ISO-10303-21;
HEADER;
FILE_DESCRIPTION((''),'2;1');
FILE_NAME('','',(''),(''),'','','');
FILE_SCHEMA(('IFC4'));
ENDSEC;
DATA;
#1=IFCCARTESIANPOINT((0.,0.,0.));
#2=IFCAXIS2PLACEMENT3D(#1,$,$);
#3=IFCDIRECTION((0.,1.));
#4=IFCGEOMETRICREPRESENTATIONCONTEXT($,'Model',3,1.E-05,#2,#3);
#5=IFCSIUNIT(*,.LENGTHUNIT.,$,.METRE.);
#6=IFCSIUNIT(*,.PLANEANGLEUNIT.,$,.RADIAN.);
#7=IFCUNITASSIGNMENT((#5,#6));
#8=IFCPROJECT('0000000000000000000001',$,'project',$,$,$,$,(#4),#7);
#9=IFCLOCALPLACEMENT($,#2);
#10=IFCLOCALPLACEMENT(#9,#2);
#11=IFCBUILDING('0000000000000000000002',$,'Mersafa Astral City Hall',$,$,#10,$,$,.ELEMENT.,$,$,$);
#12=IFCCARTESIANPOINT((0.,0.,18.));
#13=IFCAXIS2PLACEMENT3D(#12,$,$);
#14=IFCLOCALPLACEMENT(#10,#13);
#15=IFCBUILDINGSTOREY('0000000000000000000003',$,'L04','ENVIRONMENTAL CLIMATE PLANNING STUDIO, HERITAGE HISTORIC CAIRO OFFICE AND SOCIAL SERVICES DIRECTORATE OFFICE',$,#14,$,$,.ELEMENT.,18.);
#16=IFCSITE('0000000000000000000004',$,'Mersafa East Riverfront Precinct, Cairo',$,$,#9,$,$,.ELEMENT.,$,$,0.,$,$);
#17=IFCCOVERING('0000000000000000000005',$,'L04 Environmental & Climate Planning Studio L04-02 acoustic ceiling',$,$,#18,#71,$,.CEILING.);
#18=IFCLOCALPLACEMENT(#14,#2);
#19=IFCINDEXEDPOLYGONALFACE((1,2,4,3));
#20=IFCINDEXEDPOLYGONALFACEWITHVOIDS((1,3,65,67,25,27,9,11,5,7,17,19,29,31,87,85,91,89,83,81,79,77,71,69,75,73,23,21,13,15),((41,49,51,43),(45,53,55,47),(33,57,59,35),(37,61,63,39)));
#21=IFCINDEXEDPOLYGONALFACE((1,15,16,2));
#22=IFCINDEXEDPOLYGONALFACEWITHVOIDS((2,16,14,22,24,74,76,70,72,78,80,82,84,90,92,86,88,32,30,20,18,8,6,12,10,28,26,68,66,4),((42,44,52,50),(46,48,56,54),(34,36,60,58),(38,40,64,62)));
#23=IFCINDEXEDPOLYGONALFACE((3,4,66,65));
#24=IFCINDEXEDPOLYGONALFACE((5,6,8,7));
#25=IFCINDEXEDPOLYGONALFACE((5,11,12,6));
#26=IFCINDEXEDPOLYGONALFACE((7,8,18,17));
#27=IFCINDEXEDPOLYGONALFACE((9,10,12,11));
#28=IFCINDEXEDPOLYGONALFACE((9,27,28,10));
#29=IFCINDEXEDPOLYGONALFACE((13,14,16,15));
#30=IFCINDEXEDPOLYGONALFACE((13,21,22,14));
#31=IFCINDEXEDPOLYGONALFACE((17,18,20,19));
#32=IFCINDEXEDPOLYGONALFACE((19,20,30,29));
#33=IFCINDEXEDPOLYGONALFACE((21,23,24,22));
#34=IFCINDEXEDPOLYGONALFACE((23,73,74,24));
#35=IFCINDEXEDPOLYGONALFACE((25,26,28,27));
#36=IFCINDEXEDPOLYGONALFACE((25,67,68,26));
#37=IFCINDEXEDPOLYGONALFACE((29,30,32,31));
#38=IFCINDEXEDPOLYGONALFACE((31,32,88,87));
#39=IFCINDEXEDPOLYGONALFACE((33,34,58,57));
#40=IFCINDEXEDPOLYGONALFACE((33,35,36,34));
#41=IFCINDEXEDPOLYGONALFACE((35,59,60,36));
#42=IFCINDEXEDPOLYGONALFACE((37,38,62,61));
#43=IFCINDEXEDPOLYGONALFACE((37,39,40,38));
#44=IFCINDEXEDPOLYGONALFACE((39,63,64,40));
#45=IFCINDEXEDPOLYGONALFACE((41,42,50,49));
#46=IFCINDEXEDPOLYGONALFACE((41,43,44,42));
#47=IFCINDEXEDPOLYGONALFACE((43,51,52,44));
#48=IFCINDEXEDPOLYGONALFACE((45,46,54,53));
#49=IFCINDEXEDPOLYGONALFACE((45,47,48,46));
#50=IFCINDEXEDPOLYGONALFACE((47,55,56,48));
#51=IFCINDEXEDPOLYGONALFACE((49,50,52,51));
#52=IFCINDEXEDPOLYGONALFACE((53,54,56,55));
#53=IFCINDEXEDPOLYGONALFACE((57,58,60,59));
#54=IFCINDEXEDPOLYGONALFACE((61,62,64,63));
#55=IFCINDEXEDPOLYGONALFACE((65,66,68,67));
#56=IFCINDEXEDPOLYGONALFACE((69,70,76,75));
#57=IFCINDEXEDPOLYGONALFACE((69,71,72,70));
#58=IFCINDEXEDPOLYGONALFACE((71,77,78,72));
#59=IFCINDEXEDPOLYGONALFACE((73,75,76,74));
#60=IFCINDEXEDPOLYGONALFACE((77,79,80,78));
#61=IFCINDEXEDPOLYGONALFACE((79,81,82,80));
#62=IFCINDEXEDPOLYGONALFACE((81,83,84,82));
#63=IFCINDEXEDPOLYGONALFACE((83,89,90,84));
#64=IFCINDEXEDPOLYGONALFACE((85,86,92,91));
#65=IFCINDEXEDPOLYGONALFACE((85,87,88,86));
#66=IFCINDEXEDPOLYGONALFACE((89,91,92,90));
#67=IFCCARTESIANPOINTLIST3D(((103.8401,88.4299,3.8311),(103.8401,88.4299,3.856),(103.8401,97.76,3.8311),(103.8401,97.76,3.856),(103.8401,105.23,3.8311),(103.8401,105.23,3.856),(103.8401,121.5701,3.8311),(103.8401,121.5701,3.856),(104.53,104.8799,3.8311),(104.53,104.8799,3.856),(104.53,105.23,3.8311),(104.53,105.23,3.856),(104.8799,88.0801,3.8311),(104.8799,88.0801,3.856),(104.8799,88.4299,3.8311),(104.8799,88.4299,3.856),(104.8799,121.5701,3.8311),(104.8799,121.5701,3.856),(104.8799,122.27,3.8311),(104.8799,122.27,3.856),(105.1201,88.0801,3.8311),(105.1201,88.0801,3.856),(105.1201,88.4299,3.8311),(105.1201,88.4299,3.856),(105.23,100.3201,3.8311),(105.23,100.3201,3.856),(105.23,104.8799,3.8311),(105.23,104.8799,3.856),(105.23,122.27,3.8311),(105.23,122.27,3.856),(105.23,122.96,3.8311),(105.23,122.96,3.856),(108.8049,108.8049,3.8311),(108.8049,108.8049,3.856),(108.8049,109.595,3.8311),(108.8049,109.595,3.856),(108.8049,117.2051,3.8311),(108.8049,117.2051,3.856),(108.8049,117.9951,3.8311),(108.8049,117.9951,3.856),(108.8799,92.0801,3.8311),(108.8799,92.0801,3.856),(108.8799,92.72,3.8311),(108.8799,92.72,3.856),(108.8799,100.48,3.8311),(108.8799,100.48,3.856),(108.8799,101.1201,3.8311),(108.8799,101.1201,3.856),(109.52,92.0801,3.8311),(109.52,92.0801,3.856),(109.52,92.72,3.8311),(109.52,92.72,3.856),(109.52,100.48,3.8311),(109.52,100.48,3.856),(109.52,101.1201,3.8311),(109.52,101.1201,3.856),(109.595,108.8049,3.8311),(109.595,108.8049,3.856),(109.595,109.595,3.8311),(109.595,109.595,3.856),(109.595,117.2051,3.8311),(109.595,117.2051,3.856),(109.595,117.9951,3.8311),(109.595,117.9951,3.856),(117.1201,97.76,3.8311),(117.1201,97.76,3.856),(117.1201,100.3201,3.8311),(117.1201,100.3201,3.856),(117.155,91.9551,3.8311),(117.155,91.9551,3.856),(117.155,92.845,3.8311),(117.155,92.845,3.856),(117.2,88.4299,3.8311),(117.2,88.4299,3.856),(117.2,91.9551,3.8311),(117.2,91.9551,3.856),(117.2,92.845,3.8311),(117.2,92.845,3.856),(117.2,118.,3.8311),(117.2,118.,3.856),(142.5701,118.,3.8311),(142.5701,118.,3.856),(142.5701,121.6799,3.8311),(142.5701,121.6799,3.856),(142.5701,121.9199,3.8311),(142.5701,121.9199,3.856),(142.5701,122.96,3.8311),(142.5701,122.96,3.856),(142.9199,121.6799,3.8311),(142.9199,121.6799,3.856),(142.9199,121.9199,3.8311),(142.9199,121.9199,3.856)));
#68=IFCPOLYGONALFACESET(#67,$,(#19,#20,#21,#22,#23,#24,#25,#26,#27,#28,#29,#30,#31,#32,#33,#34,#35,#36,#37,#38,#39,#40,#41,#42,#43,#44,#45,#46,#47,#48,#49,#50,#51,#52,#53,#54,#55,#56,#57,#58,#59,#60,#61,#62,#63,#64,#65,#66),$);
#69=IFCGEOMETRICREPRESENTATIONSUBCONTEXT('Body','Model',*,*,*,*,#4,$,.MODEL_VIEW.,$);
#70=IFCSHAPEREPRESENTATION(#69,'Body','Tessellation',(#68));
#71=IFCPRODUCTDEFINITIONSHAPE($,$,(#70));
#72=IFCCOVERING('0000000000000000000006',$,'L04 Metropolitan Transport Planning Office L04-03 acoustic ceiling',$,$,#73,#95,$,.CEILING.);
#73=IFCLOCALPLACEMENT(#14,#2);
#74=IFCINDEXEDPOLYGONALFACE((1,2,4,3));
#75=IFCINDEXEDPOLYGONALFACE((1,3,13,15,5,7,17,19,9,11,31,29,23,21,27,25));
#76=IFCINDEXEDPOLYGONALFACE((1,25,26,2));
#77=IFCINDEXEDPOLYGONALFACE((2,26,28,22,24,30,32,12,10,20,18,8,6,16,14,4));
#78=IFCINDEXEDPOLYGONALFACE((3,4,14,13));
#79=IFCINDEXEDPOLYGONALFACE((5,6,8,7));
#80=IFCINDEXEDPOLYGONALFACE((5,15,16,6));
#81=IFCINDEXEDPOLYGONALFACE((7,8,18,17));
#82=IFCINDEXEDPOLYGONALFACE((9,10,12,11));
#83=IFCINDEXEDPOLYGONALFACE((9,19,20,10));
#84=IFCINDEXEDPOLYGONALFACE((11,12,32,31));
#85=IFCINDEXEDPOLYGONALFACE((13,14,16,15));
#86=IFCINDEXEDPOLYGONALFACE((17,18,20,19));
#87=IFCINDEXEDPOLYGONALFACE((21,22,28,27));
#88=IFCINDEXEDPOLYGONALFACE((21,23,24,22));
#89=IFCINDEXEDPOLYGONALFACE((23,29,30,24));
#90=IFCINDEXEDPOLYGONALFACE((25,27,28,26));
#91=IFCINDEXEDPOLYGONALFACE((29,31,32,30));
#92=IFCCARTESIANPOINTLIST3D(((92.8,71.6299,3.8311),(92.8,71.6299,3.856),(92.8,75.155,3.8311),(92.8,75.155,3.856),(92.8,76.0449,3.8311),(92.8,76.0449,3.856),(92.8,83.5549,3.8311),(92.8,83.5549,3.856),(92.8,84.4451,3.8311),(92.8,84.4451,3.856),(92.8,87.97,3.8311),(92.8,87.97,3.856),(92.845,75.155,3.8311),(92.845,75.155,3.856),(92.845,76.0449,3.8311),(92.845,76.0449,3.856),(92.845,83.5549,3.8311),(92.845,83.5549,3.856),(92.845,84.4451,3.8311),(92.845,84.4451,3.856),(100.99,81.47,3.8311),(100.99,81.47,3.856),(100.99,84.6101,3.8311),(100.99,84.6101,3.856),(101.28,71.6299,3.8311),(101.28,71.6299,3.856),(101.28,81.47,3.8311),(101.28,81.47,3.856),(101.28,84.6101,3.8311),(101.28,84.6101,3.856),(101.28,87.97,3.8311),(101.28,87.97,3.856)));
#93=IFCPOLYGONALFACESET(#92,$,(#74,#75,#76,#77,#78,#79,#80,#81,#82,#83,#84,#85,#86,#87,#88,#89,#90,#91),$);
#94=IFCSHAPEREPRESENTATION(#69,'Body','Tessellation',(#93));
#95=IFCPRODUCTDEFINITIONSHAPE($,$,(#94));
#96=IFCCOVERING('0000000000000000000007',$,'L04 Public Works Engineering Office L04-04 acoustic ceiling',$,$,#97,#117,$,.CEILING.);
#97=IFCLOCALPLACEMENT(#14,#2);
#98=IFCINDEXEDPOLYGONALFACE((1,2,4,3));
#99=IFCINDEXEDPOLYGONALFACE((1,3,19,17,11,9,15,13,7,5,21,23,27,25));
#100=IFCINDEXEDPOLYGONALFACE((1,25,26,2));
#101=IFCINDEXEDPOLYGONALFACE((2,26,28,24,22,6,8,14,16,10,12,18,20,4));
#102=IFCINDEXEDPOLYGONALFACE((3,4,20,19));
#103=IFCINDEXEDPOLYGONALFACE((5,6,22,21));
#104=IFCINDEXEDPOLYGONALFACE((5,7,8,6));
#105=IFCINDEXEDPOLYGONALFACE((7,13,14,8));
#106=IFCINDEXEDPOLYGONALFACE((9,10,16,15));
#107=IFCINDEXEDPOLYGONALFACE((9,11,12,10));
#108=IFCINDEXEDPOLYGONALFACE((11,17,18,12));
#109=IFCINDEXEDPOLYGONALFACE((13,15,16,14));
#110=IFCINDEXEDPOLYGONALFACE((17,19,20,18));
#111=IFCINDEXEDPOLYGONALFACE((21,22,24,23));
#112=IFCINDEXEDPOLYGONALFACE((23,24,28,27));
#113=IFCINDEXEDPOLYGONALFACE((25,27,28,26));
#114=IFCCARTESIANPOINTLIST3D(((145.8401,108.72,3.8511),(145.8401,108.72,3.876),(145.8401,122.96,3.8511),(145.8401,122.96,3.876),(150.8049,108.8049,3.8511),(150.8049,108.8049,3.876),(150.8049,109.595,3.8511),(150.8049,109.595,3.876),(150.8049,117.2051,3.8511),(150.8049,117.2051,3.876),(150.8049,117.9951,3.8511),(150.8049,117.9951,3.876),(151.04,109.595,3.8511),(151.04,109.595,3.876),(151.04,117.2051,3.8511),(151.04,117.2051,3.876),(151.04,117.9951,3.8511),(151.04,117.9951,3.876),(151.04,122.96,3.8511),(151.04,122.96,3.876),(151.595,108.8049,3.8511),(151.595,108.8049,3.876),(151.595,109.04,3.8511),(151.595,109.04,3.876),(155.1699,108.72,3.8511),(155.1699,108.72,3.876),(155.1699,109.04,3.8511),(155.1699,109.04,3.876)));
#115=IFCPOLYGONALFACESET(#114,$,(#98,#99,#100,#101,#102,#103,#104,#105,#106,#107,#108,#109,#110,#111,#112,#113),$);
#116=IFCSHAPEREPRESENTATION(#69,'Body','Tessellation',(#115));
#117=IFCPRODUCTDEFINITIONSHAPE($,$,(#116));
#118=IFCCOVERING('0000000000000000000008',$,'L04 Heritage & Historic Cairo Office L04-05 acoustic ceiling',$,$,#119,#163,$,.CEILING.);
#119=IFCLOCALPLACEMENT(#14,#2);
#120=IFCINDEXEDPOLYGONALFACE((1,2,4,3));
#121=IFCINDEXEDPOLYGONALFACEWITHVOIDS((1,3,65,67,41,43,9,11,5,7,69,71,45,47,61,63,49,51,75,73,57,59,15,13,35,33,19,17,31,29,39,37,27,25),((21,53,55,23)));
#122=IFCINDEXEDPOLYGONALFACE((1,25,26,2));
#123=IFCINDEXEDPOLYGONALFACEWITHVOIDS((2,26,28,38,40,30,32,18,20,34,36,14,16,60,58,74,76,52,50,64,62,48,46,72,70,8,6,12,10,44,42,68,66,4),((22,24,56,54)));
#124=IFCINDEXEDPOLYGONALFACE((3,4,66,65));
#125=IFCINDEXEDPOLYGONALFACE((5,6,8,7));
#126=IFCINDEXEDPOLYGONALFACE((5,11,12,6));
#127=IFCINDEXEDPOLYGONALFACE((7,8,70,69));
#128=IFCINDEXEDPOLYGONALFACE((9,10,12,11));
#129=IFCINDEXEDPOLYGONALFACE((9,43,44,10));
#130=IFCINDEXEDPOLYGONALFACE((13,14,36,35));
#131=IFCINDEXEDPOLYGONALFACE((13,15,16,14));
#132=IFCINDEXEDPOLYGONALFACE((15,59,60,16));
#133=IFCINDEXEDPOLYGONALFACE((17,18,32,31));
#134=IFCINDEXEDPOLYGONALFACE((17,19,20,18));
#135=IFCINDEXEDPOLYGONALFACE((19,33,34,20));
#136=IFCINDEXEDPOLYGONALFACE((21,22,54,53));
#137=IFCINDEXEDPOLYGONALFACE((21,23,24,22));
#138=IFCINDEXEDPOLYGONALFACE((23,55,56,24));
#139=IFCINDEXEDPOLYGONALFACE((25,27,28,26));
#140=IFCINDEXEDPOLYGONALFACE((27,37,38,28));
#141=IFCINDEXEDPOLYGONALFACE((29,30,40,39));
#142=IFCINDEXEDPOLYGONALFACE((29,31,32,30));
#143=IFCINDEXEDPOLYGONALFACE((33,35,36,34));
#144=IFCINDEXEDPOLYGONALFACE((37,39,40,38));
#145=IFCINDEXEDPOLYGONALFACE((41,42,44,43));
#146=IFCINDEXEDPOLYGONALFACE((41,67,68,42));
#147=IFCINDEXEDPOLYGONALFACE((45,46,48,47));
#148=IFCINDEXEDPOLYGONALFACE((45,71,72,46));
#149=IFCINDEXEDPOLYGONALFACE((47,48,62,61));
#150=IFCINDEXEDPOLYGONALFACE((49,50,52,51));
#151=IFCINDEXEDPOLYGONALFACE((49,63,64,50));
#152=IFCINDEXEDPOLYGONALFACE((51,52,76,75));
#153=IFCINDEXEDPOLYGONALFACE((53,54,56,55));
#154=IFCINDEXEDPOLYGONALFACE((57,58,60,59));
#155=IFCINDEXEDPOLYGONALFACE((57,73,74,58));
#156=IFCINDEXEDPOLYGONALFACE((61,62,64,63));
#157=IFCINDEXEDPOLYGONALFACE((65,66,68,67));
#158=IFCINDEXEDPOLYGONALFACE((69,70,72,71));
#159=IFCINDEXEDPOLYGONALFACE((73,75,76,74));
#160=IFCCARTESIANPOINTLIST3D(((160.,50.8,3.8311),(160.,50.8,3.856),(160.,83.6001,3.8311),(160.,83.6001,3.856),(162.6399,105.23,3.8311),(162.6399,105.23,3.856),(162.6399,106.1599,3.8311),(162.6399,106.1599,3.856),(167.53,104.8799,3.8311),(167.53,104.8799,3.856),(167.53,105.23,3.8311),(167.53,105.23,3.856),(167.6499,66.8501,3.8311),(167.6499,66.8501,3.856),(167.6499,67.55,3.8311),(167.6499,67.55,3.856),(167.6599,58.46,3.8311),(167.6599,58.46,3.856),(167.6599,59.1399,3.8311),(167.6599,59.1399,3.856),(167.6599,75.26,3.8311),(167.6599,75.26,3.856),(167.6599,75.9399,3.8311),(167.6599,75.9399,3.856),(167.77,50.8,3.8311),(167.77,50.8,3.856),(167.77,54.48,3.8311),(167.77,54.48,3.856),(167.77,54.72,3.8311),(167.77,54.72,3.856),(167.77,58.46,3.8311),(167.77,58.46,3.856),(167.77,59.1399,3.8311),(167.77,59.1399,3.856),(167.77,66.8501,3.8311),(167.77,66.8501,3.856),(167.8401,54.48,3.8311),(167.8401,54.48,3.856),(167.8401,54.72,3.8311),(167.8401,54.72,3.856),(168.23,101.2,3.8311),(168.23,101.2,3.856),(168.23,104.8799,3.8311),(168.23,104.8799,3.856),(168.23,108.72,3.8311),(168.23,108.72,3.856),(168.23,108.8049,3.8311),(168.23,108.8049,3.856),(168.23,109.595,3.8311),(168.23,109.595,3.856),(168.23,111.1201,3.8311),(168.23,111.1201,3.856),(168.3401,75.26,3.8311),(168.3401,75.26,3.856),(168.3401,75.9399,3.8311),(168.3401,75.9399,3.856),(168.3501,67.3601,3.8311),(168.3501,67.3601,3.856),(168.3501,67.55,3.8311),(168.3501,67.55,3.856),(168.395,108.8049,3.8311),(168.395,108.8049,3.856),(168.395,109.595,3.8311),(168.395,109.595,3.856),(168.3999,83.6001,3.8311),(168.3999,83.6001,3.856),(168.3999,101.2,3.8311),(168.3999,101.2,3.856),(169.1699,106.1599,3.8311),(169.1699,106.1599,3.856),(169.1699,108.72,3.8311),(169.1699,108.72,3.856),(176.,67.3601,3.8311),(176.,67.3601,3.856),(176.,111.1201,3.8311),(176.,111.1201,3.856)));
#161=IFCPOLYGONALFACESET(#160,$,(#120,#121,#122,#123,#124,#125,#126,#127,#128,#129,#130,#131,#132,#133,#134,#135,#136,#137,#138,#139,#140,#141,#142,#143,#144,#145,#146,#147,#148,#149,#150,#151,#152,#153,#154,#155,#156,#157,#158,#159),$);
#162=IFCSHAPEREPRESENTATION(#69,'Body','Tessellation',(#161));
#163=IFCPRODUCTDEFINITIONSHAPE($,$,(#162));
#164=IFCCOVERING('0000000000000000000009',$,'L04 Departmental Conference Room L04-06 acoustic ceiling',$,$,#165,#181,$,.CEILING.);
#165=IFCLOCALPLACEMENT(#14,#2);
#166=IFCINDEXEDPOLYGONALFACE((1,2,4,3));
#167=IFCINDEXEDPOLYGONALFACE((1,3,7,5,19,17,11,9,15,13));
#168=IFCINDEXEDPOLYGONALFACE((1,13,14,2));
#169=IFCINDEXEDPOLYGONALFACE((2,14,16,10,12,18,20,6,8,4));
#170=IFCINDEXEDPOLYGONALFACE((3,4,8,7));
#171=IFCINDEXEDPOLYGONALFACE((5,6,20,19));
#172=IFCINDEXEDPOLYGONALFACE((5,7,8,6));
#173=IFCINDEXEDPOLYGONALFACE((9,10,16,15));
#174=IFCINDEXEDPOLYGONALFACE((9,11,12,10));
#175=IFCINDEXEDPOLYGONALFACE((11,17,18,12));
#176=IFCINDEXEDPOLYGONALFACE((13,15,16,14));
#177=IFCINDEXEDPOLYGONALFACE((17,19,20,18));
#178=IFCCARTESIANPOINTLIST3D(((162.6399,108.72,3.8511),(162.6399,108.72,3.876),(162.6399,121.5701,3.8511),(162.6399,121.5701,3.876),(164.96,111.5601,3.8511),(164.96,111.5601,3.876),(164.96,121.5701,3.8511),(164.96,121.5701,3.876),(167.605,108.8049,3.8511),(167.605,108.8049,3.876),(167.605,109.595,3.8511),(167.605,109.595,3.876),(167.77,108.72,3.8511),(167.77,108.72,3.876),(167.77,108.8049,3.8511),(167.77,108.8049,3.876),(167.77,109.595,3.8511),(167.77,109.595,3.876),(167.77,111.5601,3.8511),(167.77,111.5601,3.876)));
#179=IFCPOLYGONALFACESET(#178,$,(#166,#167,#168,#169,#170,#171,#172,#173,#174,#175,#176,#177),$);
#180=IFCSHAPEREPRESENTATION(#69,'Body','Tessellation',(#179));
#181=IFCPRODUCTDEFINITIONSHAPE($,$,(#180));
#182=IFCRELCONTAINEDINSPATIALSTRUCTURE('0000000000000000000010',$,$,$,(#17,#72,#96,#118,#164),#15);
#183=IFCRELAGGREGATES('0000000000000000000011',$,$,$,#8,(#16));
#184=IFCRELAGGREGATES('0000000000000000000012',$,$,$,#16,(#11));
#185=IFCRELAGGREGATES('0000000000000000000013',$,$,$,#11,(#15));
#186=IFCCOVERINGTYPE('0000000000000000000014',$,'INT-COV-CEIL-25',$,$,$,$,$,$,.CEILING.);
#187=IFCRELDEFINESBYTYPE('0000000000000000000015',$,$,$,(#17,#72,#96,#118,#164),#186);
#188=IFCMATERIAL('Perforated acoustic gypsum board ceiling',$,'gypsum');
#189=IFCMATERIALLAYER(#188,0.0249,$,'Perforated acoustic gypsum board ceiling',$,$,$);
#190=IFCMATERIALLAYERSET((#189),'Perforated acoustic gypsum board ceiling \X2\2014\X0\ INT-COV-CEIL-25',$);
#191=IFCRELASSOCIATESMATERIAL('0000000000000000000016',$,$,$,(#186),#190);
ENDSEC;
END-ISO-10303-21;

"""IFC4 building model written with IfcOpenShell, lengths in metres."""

from ifc_helpers import new_model, si_unit, direction, frame, origin, place, context, subcontext, project, spatial, polyline, outline, extrude, material, layer, layer_set, type_object, element, save


model = new_model("IFC4")

# Units and contexts
model_context = context("Model", 3, precision=1e-05, world=origin(), true_north=direction((0.0, 1.0)))
body_context = subcontext(model_context, "Body", "Model", "MODEL_VIEW")
ifc_project = project(units=[si_unit("LENGTHUNIT", "METRE"), si_unit("PLANEANGLEUNIT", "RADIAN")], contexts=[model_context])

# Site, building, storey
site_placement = place(None, origin())
site = spatial("IfcSite", under=ifc_project, at=site_placement, Name="Mersafa East Riverfront Precinct, Cairo", CompositionType="ELEMENT", RefElevation=0.0)
building_placement = place(site_placement, origin())
building = spatial("IfcBuilding", under=site, at=building_placement, Name="Mersafa Astral City Hall", CompositionType="ELEMENT")
storey_placement = place(building_placement, frame((0.0, 0.0, 18.0)))
storey = spatial("IfcBuildingStorey", under=building, at=storey_placement, Name="L04", Description="ENVIRONMENTAL CLIMATE PLANNING STUDIO, HERITAGE HISTORIC CAIRO OFFICE AND SOCIAL SERVICES DIRECTORATE OFFICE", CompositionType="ELEMENT", Elevation=18.0)

# Coverings
ifc_material_1 = material(Name="Perforated acoustic gypsum board ceiling", Category="gypsum")
ifc_layer_1 = layer(ifc_material_1, 0.0249, Name="Perforated acoustic gypsum board ceiling")
ifc_layer_set_1 = layer_set([ifc_layer_1], Name="Perforated acoustic gypsum board ceiling — INT-COV-CEIL-25")
covering_type_1 = type_object("IfcCoveringType", Name="INT-COV-CEIL-25", PredefinedType="CEILING", material=ifc_layer_set_1)
covering_1_placement = place(storey_placement, frame((0.0, 0.0, 3.8311)))
element("IfcCovering", 1, at=covering_1_placement, inside=storey, type_object=covering_type_1, Name="L04 Environmental & Climate Planning Studio L04-02 acoustic ceiling", PredefinedType="CEILING", context=body_context, shape_type="SweptSolid", body=[
    extrude(outline(polyline([(105.23, 100.3201), (105.23, 104.8799), (104.53, 104.8799), (104.53, 105.23), (103.8401, 105.23), (103.8401, 121.5701), (104.8799, 121.5701), (104.8799, 122.27), (105.23, 122.27), (105.23, 122.96), (142.5701, 122.96), (142.5701, 121.9199), (142.9199, 121.9199), (142.9199, 121.6799), (142.5701, 121.6799), (142.5701, 118.0), (117.2, 118.0), (117.2, 92.845), (117.155, 92.845), (117.155, 91.9551), (117.2, 91.9551), (117.2, 88.4299), (105.1201, 88.4299), (105.1201, 88.0801), (104.8799, 88.0801), (104.8799, 88.4299), (103.8401, 88.4299), (103.8401, 97.76), (117.1201, 97.76), (117.1201, 100.3201), (105.23, 100.3201)]), holes=[polyline([(109.595, 108.8049), (109.595, 109.595), (108.8049, 109.595), (108.8049, 108.8049), (109.595, 108.8049)]), polyline([(109.595, 117.2051), (109.595, 117.9951), (108.8049, 117.9951), (108.8049, 117.2051), (109.595, 117.2051)]), polyline([(109.52, 92.0801), (109.52, 92.72), (108.8799, 92.72), (108.8799, 92.0801), (109.52, 92.0801)]), polyline([(109.52, 101.1201), (108.8799, 101.1201), (108.8799, 100.48), (109.52, 100.48), (109.52, 101.1201)])]), origin(), (0.0, 0.0, 1.0), 0.0249),
])
covering_2_placement = place(storey_placement, frame((0.0, 0.0, 3.8311)))
element("IfcCovering", 2, at=covering_2_placement, inside=storey, type_object=covering_type_1, Name="L04 Metropolitan Transport Planning Office L04-03 acoustic ceiling", PredefinedType="CEILING", context=body_context, shape_type="SweptSolid", body=[
    extrude(outline(polyline([(92.845, 75.155), (92.845, 76.0449), (92.8, 76.0449), (92.8, 83.5549), (92.845, 83.5549), (92.845, 84.4451), (92.8, 84.4451), (92.8, 87.97), (101.28, 87.97), (101.28, 84.6101), (100.99, 84.6101), (100.99, 81.47), (101.28, 81.47), (101.28, 71.6299), (92.8, 71.6299), (92.8, 75.155), (92.845, 75.155)])), origin(), (0.0, 0.0, 1.0), 0.0249),
])
covering_3_placement = place(storey_placement, frame((0.0, 0.0, 3.8511)))
element("IfcCovering", 3, at=covering_3_placement, inside=storey, type_object=covering_type_1, Name="L04 Public Works Engineering Office L04-04 acoustic ceiling", PredefinedType="CEILING", context=body_context, shape_type="SweptSolid", body=[
    extrude(outline(polyline([(151.04, 122.96), (151.04, 117.9951), (150.8049, 117.9951), (150.8049, 117.2051), (151.04, 117.2051), (151.04, 109.595), (150.8049, 109.595), (150.8049, 108.8049), (151.595, 108.8049), (151.595, 109.04), (155.1699, 109.04), (155.1699, 108.72), (145.8401, 108.72), (145.8401, 122.96), (151.04, 122.96)])), origin(), (0.0, 0.0, 1.0), 0.0249),
])
covering_4_placement = place(storey_placement, frame((0.0, 0.0, 3.8311)))
element("IfcCovering", 4, at=covering_4_placement, inside=storey, type_object=covering_type_1, Name="L04 Heritage & Historic Cairo Office L04-05 acoustic ceiling", PredefinedType="CEILING", context=body_context, shape_type="SweptSolid", body=[
    extrude(outline(polyline([(168.3999, 83.6001), (168.3999, 101.2), (168.23, 101.2), (168.23, 104.8799), (167.53, 104.8799), (167.53, 105.23), (162.6399, 105.23), (162.6399, 106.1599), (169.1699, 106.1599), (169.1699, 108.72), (168.23, 108.72), (168.23, 108.8049), (168.395, 108.8049), (168.395, 109.595), (168.23, 109.595), (168.23, 111.1201), (176.0, 111.1201), (176.0, 67.3601), (168.3501, 67.3601), (168.3501, 67.55), (167.6499, 67.55), (167.6499, 66.8501), (167.77, 66.8501), (167.77, 59.1399), (167.6599, 59.1399), (167.6599, 58.46), (167.77, 58.46), (167.77, 54.72), (167.8401, 54.72), (167.8401, 54.48), (167.77, 54.48), (167.77, 50.8), (160.0, 50.8), (160.0, 83.6001), (168.3999, 83.6001)]), holes=[polyline([(168.3401, 75.26), (168.3401, 75.9399), (167.6599, 75.9399), (167.6599, 75.26), (168.3401, 75.26)])]), origin(), (0.0, 0.0, 1.0), 0.0249),
])
covering_5_placement = place(storey_placement, frame((0.0, 0.0, 3.8511)))
element("IfcCovering", 5, at=covering_5_placement, inside=storey, type_object=covering_type_1, Name="L04 Departmental Conference Room L04-06 acoustic ceiling", PredefinedType="CEILING", context=body_context, shape_type="SweptSolid", body=[
    extrude(outline(polyline([(164.96, 121.5701), (164.96, 111.5601), (167.77, 111.5601), (167.77, 109.595), (167.605, 109.595), (167.605, 108.8049), (167.77, 108.8049), (167.77, 108.72), (162.6399, 108.72), (162.6399, 121.5701), (164.96, 121.5701)])), origin(), (0.0, 0.0, 1.0), 0.0249),
])

save(model, "model.ifc")
